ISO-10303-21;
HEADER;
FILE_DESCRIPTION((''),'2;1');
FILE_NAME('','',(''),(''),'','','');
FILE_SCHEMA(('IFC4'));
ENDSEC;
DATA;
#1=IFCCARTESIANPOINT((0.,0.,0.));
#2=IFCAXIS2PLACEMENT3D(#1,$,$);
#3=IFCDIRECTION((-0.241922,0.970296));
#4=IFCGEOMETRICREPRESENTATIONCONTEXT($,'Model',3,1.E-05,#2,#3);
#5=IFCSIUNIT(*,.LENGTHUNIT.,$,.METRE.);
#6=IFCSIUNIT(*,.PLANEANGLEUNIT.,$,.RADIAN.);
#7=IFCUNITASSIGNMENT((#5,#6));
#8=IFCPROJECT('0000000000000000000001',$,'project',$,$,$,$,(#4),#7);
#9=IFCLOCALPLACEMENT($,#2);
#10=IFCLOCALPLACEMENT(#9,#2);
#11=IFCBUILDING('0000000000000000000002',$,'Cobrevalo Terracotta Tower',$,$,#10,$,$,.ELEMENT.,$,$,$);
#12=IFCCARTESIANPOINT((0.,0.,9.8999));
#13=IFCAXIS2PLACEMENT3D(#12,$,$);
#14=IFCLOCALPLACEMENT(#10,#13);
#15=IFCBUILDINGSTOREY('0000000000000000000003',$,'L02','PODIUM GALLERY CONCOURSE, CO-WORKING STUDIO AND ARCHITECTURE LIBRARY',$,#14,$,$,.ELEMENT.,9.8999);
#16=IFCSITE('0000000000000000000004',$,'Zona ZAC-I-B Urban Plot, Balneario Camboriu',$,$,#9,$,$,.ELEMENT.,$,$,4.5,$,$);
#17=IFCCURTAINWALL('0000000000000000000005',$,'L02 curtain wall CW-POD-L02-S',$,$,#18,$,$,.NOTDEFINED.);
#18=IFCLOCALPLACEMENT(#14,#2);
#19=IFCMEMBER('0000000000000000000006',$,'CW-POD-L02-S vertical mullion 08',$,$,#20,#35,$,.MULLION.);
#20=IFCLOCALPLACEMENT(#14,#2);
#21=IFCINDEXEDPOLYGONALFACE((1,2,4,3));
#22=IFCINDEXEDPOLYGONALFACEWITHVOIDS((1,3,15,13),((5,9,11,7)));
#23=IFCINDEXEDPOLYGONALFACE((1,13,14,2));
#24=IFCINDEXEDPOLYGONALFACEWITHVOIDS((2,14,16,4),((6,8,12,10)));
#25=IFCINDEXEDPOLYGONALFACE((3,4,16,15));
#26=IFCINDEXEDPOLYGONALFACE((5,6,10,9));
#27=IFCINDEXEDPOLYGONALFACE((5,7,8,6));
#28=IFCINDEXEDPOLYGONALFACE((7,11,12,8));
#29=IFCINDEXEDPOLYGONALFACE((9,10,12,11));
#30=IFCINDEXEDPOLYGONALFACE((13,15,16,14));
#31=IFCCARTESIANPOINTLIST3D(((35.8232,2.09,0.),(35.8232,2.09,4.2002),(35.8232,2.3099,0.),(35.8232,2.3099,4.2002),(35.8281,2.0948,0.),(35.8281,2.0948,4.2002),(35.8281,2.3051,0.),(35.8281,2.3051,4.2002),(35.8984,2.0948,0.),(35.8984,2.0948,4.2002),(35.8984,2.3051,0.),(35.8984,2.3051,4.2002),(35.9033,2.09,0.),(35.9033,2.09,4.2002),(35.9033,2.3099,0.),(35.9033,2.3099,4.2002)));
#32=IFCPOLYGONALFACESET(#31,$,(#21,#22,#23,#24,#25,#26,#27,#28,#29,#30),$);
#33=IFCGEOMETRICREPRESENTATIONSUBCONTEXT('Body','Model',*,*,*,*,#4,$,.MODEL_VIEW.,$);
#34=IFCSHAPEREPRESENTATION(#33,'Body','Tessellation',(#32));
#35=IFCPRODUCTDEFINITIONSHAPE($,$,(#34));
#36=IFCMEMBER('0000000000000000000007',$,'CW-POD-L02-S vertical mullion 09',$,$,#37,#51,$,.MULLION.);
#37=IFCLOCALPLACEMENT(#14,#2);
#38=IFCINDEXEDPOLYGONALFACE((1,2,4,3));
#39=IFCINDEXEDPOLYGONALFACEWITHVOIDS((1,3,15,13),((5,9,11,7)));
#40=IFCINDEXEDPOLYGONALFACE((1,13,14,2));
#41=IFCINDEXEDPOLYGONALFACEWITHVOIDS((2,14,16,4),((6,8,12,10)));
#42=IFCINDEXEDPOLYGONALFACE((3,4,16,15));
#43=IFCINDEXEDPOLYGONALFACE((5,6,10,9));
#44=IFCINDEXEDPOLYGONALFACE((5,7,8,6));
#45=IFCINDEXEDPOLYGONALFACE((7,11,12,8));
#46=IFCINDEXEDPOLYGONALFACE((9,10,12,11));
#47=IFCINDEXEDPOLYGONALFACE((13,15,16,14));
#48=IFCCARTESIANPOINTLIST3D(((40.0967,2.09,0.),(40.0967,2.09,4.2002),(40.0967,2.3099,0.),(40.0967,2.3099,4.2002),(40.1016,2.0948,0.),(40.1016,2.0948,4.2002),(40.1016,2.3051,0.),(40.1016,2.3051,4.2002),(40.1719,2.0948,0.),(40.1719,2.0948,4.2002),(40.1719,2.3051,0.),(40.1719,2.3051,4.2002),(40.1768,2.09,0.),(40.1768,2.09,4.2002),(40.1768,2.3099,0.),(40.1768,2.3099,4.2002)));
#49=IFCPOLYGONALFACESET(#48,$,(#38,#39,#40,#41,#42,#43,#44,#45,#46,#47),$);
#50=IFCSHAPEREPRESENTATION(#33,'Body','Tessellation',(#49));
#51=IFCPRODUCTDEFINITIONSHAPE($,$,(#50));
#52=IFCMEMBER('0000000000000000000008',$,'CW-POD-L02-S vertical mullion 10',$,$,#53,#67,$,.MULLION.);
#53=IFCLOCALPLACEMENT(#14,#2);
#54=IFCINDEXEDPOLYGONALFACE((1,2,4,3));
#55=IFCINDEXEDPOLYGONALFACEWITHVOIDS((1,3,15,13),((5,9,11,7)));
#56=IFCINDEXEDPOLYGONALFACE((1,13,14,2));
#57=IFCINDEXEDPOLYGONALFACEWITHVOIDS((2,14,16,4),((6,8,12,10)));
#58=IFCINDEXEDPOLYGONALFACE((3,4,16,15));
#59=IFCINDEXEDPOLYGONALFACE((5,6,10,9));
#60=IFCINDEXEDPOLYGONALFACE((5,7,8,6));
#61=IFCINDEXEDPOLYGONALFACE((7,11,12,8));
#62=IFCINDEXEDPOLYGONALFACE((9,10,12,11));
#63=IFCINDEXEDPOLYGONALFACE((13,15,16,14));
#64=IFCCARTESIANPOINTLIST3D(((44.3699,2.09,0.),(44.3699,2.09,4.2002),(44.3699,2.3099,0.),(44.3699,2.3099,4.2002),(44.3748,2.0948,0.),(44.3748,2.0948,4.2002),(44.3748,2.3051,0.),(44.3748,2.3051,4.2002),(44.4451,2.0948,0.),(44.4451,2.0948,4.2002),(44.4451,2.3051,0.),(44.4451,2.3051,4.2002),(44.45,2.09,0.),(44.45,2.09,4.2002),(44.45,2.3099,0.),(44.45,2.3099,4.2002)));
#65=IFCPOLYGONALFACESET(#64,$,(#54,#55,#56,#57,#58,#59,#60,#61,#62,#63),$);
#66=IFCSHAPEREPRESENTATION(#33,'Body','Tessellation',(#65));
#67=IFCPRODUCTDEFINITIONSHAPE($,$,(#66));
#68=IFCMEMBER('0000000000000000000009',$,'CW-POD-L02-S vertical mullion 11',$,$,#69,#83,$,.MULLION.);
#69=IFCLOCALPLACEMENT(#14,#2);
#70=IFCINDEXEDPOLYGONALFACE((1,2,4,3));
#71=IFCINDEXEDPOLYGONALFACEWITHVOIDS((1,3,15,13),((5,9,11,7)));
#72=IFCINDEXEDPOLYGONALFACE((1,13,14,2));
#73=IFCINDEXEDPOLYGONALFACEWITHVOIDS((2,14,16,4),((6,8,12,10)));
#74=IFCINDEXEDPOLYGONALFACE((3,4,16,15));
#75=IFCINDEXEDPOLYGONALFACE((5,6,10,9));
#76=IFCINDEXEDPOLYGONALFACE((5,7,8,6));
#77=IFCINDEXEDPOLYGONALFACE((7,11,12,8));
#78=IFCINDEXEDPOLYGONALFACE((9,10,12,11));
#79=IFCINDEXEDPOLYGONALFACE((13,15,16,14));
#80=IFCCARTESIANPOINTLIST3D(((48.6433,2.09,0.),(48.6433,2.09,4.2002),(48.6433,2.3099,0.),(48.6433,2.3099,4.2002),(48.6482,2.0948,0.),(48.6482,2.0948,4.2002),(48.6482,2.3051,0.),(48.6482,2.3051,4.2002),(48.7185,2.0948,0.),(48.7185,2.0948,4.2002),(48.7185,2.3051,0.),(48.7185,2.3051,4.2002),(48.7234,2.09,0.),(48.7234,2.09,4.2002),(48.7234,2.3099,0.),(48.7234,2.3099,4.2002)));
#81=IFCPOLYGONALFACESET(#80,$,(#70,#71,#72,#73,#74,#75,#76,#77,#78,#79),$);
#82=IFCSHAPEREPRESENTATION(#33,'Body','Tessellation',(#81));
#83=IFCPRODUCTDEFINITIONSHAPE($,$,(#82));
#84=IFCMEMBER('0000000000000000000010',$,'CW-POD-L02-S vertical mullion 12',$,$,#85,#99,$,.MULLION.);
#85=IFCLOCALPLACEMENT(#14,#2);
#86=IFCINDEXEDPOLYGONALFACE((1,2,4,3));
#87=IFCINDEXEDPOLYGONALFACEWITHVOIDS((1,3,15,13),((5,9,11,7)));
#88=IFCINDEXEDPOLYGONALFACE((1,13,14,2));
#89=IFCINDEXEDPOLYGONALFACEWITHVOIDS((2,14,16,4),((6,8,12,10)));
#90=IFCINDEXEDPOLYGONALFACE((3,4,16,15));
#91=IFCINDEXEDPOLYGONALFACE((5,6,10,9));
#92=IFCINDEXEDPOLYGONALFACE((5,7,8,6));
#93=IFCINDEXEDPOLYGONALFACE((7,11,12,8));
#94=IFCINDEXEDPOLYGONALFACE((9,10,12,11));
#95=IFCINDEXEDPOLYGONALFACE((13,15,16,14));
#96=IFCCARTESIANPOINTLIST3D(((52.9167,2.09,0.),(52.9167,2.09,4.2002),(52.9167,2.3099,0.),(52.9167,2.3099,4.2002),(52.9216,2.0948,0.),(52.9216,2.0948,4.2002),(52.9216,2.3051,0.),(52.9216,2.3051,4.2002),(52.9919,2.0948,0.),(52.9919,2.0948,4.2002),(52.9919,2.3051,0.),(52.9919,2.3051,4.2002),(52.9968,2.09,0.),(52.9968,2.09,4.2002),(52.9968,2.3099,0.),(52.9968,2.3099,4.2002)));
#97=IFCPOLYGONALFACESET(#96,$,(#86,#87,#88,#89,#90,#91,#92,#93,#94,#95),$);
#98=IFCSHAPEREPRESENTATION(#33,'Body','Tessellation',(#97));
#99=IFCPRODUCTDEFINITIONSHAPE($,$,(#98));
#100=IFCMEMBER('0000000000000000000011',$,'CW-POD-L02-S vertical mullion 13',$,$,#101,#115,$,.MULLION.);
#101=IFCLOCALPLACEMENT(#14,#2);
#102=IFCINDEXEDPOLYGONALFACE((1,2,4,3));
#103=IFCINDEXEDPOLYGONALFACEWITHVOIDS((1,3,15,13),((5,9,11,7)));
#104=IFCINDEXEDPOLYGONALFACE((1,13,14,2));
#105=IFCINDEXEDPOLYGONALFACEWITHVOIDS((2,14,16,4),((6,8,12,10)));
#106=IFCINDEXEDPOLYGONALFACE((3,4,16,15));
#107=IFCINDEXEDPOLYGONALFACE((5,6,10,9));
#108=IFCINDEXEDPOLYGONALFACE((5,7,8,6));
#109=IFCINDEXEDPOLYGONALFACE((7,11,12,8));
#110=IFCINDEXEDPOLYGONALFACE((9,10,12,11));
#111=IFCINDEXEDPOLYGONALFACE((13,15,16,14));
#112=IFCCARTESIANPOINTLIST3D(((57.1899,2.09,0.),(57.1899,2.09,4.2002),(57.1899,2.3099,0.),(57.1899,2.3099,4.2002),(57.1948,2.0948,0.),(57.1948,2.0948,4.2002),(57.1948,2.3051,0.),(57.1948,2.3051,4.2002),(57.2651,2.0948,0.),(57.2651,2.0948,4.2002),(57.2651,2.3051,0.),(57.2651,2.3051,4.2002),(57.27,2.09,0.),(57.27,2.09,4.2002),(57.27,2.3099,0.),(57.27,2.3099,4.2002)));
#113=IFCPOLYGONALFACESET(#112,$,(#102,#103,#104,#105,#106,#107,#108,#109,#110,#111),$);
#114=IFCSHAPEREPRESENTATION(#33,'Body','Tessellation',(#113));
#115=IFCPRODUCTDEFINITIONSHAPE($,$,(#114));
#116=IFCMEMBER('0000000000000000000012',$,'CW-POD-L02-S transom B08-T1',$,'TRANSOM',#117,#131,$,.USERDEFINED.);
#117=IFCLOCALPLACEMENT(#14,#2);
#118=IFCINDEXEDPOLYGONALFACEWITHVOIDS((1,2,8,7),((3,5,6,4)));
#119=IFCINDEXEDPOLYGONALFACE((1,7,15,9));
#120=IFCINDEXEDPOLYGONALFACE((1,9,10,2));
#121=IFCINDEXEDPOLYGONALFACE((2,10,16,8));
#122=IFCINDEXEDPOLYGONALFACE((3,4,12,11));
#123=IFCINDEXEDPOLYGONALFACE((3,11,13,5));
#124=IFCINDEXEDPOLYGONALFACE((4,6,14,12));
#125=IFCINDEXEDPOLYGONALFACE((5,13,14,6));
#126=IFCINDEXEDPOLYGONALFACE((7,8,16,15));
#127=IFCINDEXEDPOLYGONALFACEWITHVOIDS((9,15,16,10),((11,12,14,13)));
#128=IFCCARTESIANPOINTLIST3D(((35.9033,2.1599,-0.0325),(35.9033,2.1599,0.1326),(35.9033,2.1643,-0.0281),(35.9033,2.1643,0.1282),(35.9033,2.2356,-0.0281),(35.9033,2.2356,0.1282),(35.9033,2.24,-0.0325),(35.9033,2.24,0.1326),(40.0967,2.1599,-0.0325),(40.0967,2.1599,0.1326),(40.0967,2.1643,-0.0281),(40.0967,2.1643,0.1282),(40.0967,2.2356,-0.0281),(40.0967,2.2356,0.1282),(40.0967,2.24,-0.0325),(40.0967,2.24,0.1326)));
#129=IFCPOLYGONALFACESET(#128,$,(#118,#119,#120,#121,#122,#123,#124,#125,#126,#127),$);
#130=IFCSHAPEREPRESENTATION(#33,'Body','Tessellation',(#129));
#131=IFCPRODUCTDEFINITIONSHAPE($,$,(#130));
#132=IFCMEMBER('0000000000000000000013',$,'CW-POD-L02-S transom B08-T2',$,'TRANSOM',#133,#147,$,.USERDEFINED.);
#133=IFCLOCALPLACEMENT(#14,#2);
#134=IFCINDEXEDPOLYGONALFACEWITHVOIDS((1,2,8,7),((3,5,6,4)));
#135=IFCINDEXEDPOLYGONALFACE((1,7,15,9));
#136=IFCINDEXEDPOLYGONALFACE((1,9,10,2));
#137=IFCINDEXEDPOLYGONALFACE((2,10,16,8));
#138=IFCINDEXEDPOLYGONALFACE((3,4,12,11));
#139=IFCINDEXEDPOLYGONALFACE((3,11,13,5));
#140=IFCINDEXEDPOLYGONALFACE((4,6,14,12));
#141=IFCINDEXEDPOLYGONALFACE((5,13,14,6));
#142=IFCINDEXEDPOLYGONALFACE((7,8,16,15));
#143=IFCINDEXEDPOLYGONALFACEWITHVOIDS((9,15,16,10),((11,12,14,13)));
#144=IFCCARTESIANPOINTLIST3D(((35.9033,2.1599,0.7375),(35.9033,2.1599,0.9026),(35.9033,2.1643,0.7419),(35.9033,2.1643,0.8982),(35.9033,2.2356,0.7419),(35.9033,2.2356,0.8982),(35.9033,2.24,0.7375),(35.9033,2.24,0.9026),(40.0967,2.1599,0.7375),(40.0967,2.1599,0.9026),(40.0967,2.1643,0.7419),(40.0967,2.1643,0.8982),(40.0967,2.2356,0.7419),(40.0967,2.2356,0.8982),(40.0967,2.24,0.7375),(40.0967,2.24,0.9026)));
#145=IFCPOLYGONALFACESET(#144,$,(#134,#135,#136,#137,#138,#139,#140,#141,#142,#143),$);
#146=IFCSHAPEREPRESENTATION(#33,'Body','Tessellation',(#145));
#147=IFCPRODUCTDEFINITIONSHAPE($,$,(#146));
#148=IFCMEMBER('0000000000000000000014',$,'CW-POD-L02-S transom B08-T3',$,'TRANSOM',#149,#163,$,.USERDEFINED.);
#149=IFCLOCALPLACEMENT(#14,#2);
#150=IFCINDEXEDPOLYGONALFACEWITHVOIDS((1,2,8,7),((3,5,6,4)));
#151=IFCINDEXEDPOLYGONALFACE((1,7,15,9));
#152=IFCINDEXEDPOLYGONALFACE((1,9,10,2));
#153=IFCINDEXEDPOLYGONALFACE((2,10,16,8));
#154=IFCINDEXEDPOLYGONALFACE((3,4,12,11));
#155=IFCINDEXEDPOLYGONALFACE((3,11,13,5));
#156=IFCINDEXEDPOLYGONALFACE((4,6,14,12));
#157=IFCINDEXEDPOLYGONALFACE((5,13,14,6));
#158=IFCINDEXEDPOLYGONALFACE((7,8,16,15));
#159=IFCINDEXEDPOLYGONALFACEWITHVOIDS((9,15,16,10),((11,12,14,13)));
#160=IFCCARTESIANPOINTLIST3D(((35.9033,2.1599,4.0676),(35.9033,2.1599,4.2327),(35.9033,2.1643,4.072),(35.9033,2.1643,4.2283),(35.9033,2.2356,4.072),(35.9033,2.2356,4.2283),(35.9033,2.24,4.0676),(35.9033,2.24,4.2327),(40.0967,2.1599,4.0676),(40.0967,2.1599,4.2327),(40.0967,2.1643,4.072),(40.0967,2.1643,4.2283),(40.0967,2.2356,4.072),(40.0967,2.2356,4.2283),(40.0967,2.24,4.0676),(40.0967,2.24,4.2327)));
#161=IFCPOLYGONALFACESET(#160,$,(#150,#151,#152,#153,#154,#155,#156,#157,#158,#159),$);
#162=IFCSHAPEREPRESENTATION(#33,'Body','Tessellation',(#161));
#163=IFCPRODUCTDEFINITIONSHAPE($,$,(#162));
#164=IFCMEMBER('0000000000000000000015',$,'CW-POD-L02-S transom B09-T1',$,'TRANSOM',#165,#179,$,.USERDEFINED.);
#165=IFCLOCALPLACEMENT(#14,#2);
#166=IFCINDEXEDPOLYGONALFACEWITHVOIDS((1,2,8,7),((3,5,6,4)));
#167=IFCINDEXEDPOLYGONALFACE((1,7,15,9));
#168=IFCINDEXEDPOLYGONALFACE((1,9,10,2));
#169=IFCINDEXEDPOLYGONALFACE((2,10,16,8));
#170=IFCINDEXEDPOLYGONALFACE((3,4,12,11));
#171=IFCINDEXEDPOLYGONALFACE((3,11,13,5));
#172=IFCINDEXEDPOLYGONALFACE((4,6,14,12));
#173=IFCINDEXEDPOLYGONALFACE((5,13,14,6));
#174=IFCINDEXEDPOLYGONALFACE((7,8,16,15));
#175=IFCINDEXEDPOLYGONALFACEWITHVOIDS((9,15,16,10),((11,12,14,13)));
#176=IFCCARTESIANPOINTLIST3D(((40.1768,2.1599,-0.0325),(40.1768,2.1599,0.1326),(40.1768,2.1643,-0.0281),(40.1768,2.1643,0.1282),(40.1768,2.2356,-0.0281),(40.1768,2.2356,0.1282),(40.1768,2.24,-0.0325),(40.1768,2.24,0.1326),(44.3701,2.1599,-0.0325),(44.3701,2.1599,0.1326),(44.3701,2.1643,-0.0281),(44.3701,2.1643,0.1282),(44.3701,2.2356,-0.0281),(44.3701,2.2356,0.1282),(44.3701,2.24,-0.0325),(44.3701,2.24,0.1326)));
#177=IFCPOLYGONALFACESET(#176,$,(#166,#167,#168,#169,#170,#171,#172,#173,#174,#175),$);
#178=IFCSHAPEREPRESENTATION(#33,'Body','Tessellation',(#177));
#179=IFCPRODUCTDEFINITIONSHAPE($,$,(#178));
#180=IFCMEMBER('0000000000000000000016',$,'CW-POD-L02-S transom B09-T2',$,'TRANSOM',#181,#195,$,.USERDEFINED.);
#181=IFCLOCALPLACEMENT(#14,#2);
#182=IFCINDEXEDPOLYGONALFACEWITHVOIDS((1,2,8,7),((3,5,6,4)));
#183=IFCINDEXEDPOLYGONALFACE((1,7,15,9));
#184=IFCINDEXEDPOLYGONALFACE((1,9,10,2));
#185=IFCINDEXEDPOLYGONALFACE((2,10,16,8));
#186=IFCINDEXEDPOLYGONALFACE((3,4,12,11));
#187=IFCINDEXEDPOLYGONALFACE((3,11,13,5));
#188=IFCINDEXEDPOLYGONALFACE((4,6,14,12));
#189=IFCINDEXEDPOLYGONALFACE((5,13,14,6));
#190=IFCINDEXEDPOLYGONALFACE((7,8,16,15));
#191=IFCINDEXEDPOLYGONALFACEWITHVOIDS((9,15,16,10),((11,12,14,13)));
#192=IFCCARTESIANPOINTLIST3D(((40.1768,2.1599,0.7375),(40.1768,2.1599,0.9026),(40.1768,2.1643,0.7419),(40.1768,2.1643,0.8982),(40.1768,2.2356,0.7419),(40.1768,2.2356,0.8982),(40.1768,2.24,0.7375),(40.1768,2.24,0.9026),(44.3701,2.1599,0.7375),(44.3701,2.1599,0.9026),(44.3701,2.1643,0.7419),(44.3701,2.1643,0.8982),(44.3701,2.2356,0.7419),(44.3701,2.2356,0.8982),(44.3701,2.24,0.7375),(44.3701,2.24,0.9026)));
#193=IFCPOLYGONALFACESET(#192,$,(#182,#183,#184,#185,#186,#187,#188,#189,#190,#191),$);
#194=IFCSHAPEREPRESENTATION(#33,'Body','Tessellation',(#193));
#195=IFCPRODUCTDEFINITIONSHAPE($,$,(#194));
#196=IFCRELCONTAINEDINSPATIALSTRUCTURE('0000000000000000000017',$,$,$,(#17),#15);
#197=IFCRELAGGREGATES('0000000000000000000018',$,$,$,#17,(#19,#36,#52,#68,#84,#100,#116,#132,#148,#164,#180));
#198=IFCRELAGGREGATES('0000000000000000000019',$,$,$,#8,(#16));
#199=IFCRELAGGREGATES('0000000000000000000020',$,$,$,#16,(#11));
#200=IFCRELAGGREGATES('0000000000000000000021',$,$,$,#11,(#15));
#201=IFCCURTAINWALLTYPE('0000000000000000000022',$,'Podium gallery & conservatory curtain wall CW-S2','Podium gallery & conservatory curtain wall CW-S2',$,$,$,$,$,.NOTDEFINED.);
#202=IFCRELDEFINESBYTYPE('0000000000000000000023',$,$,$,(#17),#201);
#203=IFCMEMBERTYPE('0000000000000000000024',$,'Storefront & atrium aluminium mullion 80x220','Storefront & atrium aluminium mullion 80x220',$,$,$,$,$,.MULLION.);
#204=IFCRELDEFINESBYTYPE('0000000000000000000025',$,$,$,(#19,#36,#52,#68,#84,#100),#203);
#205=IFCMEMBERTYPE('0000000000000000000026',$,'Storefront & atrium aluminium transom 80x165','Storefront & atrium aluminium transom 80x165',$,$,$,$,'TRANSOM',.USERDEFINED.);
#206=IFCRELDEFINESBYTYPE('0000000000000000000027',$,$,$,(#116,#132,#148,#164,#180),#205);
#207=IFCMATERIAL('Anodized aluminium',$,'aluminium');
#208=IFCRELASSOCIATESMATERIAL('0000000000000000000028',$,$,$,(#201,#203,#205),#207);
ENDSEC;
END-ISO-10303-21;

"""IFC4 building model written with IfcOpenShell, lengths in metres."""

from ifc_helpers import new_model, si_unit, direction, frame, origin, origin_2d, place, context, subcontext, project, spatial, hollow_rectangle, extrude, source, transform, mapped, material, material_profile, profile_set, type_object, element, aggregate, save


model = new_model("IFC4")

# Units and contexts
model_context = context("Model", 3, precision=1e-05, world=origin(), true_north=direction((-0.241922, 0.970296)))
body_context = subcontext(model_context, "Body", "Model", "MODEL_VIEW")
ifc_project = project(units=[si_unit("LENGTHUNIT", "METRE"), si_unit("PLANEANGLEUNIT", "RADIAN")], contexts=[model_context])

# Site, building, storey
site_placement = place(None, origin())
site = spatial("IfcSite", under=ifc_project, at=site_placement, Name="Zona ZAC-I-B Urban Plot, Balneario Camboriu", CompositionType="ELEMENT", RefElevation=4.5)
building_placement = place(site_placement, origin())
building = spatial("IfcBuilding", under=site, at=building_placement, Name="Cobrevalo Terracotta Tower", CompositionType="ELEMENT")
storey_placement = place(building_placement, frame((0.0, 0.0, 9.8999)))
storey = spatial("IfcBuildingStorey", under=building, at=storey_placement, Name="L02", Description="PODIUM GALLERY CONCOURSE, CO-WORKING STUDIO AND ARCHITECTURE LIBRARY", CompositionType="ELEMENT", Elevation=9.8999)

# Curtain wall, members
ifc_material_1 = material(Name="Anodized aluminium", Category="aluminium")
curtain_wall_type = type_object("IfcCurtainWallType", Name="Podium gallery & conservatory curtain wall CW-S2", Description="Podium gallery & conservatory curtain wall CW-S2", PredefinedType="NOTDEFINED", material=ifc_material_1)
curtain_wall_placement = place(storey_placement, origin())
curtain_wall = element("IfcCurtainWall", 1, at=curtain_wall_placement, inside=storey, type_object=curtain_wall_type, Name="L02 curtain wall CW-POD-L02-S", PredefinedType="NOTDEFINED")
ifc_material_profile_1 = material_profile(ifc_material_1, hollow_rectangle(XDim=0.0801, YDim=0.22, WallThickness=0.0049, at=origin_2d()), Name="CWM 80x220")
ifc_profile_set_1 = profile_set([ifc_material_profile_1], Name="Anodized aluminium")
member_type_1 = type_object("IfcMemberType", Name="Storefront & atrium aluminium mullion 80x220", Description="Storefront & atrium aluminium mullion 80x220", PredefinedType="MULLION", material=ifc_profile_set_1)
shared_shape_1 = source(origin(), body_context, "Body", "SweptSolid", [
    extrude(hollow_rectangle(XDim=0.0801, YDim=0.22, WallThickness=0.0049, at=origin_2d()), origin(), (0.0, 0.0, 1.0), 4.2002),
])
member_1_placement = place(storey_placement, frame((35.8633, 2.2, 0.0), z_axis=(0.0, 0.0, 1.0), x_axis=(1.0, 0.0, 0.0)))
member_1 = element("IfcMember", 2, at=member_1_placement, type_object=member_type_1, Name="CW-POD-L02-S vertical mullion 08", PredefinedType="MULLION", context=body_context, shape_type="MappedRepresentation", body=[
    mapped(shared_shape_1, transform((0.0, 0.0, 0.0), scale=1.0)),
])
member_2_placement = place(storey_placement, frame((40.1367, 2.2, 0.0), z_axis=(0.0, 0.0, 1.0), x_axis=(1.0, 0.0, 0.0)))
member_2 = element("IfcMember", 3, at=member_2_placement, type_object=member_type_1, Name="CW-POD-L02-S vertical mullion 09", PredefinedType="MULLION", context=body_context, shape_type="MappedRepresentation", body=[
    mapped(shared_shape_1, transform((0.0, 0.0, 0.0), scale=1.0)),
])
member_3_placement = place(storey_placement, frame((44.4099, 2.2, 0.0), z_axis=(0.0, 0.0, 1.0), x_axis=(1.0, 0.0, 0.0)))
member_3 = element("IfcMember", 4, at=member_3_placement, type_object=member_type_1, Name="CW-POD-L02-S vertical mullion 10", PredefinedType="MULLION", context=body_context, shape_type="MappedRepresentation", body=[
    mapped(shared_shape_1, transform((0.0, 0.0, 0.0), scale=1.0)),
])
member_4_placement = place(storey_placement, frame((48.6833, 2.2, 0.0), z_axis=(0.0, 0.0, 1.0), x_axis=(1.0, 0.0, 0.0)))
member_4 = element("IfcMember", 5, at=member_4_placement, type_object=member_type_1, Name="CW-POD-L02-S vertical mullion 11", PredefinedType="MULLION", context=body_context, shape_type="MappedRepresentation", body=[
    mapped(shared_shape_1, transform((0.0, 0.0, 0.0), scale=1.0)),
])
member_5_placement = place(storey_placement, frame((52.9568, 2.2, 0.0), z_axis=(0.0, 0.0, 1.0), x_axis=(1.0, 0.0, 0.0)))
member_5 = element("IfcMember", 6, at=member_5_placement, type_object=member_type_1, Name="CW-POD-L02-S vertical mullion 12", PredefinedType="MULLION", context=body_context, shape_type="MappedRepresentation", body=[
    mapped(shared_shape_1, transform((0.0, 0.0, 0.0), scale=1.0)),
])
member_6_placement = place(storey_placement, frame((57.23, 2.2, 0.0), z_axis=(0.0, 0.0, 1.0), x_axis=(1.0, 0.0, 0.0)))
member_6 = element("IfcMember", 7, at=member_6_placement, type_object=member_type_1, Name="CW-POD-L02-S vertical mullion 13", PredefinedType="MULLION", context=body_context, shape_type="MappedRepresentation", body=[
    mapped(shared_shape_1, transform((0.0, 0.0, 0.0), scale=1.0)),
])
ifc_material_profile_2 = material_profile(ifc_material_1, hollow_rectangle(XDim=0.0801, YDim=0.165, WallThickness=0.0044, at=origin_2d()), Name="CWT 80x165")
ifc_profile_set_2 = profile_set([ifc_material_profile_2], Name="Anodized aluminium")
member_type_2 = type_object("IfcMemberType", Name="Storefront & atrium aluminium transom 80x165", Description="Storefront & atrium aluminium transom 80x165", ElementType="TRANSOM", PredefinedType="USERDEFINED", material=ifc_profile_set_2)
shared_shape_2 = source(origin(), body_context, "Body", "SweptSolid", [
    extrude(hollow_rectangle(XDim=0.0801, YDim=0.165, WallThickness=0.0044, at=origin_2d()), origin(), (0.0, 0.0, 1.0), 4.1934),
])
member_7_placement = place(storey_placement, frame((35.9033, 2.2, 0.05), z_axis=(1.0, 0.0, 0.0), x_axis=(0.0, 1.0, 0.0)))
member_7 = element("IfcMember", 8, at=member_7_placement, type_object=member_type_2, Name="CW-POD-L02-S transom B08-T1", ObjectType="TRANSOM", PredefinedType="USERDEFINED", context=body_context, shape_type="MappedRepresentation", body=[
    mapped(shared_shape_2, transform((0.0, 0.0, 0.0), scale=1.0)),
])
member_8_placement = place(storey_placement, frame((35.9033, 2.2, 0.8201), z_axis=(1.0, 0.0, 0.0), x_axis=(0.0, 1.0, 0.0)))
member_8 = element("IfcMember", 9, at=member_8_placement, type_object=member_type_2, Name="CW-POD-L02-S transom B08-T2", ObjectType="TRANSOM", PredefinedType="USERDEFINED", context=body_context, shape_type="MappedRepresentation", body=[
    mapped(shared_shape_2, transform((0.0, 0.0, 0.0), scale=1.0)),
])
member_9_placement = place(storey_placement, frame((35.9033, 2.2, 4.1501), z_axis=(1.0, 0.0, 0.0), x_axis=(0.0, 1.0, 0.0)))
member_9 = element("IfcMember", 10, at=member_9_placement, type_object=member_type_2, Name="CW-POD-L02-S transom B08-T3", ObjectType="TRANSOM", PredefinedType="USERDEFINED", context=body_context, shape_type="MappedRepresentation", body=[
    mapped(shared_shape_2, transform((0.0, 0.0, 0.0), scale=1.0)),
])
member_10_placement = place(storey_placement, frame((40.1768, 2.2, 0.05), z_axis=(1.0, 0.0, 0.0), x_axis=(0.0, 1.0, 0.0)))
member_10 = element("IfcMember", 11, at=member_10_placement, type_object=member_type_2, Name="CW-POD-L02-S transom B09-T1", ObjectType="TRANSOM", PredefinedType="USERDEFINED", context=body_context, shape_type="MappedRepresentation", body=[
    mapped(shared_shape_2, transform((0.0, 0.0, 0.0), scale=1.0)),
])
member_11_placement = place(storey_placement, frame((40.1768, 2.2, 0.8201), z_axis=(1.0, 0.0, 0.0), x_axis=(0.0, 1.0, 0.0)))
member_11 = element("IfcMember", 12, at=member_11_placement, type_object=member_type_2, Name="CW-POD-L02-S transom B09-T2", ObjectType="TRANSOM", PredefinedType="USERDEFINED", context=body_context, shape_type="MappedRepresentation", body=[
    mapped(shared_shape_2, transform((0.0, 0.0, 0.0), scale=1.0)),
])
aggregate(curtain_wall, [member_1, member_2, member_3, member_4, member_5, member_6, member_7, member_8, member_9, member_10, member_11])

save(model, "model.ifc")
